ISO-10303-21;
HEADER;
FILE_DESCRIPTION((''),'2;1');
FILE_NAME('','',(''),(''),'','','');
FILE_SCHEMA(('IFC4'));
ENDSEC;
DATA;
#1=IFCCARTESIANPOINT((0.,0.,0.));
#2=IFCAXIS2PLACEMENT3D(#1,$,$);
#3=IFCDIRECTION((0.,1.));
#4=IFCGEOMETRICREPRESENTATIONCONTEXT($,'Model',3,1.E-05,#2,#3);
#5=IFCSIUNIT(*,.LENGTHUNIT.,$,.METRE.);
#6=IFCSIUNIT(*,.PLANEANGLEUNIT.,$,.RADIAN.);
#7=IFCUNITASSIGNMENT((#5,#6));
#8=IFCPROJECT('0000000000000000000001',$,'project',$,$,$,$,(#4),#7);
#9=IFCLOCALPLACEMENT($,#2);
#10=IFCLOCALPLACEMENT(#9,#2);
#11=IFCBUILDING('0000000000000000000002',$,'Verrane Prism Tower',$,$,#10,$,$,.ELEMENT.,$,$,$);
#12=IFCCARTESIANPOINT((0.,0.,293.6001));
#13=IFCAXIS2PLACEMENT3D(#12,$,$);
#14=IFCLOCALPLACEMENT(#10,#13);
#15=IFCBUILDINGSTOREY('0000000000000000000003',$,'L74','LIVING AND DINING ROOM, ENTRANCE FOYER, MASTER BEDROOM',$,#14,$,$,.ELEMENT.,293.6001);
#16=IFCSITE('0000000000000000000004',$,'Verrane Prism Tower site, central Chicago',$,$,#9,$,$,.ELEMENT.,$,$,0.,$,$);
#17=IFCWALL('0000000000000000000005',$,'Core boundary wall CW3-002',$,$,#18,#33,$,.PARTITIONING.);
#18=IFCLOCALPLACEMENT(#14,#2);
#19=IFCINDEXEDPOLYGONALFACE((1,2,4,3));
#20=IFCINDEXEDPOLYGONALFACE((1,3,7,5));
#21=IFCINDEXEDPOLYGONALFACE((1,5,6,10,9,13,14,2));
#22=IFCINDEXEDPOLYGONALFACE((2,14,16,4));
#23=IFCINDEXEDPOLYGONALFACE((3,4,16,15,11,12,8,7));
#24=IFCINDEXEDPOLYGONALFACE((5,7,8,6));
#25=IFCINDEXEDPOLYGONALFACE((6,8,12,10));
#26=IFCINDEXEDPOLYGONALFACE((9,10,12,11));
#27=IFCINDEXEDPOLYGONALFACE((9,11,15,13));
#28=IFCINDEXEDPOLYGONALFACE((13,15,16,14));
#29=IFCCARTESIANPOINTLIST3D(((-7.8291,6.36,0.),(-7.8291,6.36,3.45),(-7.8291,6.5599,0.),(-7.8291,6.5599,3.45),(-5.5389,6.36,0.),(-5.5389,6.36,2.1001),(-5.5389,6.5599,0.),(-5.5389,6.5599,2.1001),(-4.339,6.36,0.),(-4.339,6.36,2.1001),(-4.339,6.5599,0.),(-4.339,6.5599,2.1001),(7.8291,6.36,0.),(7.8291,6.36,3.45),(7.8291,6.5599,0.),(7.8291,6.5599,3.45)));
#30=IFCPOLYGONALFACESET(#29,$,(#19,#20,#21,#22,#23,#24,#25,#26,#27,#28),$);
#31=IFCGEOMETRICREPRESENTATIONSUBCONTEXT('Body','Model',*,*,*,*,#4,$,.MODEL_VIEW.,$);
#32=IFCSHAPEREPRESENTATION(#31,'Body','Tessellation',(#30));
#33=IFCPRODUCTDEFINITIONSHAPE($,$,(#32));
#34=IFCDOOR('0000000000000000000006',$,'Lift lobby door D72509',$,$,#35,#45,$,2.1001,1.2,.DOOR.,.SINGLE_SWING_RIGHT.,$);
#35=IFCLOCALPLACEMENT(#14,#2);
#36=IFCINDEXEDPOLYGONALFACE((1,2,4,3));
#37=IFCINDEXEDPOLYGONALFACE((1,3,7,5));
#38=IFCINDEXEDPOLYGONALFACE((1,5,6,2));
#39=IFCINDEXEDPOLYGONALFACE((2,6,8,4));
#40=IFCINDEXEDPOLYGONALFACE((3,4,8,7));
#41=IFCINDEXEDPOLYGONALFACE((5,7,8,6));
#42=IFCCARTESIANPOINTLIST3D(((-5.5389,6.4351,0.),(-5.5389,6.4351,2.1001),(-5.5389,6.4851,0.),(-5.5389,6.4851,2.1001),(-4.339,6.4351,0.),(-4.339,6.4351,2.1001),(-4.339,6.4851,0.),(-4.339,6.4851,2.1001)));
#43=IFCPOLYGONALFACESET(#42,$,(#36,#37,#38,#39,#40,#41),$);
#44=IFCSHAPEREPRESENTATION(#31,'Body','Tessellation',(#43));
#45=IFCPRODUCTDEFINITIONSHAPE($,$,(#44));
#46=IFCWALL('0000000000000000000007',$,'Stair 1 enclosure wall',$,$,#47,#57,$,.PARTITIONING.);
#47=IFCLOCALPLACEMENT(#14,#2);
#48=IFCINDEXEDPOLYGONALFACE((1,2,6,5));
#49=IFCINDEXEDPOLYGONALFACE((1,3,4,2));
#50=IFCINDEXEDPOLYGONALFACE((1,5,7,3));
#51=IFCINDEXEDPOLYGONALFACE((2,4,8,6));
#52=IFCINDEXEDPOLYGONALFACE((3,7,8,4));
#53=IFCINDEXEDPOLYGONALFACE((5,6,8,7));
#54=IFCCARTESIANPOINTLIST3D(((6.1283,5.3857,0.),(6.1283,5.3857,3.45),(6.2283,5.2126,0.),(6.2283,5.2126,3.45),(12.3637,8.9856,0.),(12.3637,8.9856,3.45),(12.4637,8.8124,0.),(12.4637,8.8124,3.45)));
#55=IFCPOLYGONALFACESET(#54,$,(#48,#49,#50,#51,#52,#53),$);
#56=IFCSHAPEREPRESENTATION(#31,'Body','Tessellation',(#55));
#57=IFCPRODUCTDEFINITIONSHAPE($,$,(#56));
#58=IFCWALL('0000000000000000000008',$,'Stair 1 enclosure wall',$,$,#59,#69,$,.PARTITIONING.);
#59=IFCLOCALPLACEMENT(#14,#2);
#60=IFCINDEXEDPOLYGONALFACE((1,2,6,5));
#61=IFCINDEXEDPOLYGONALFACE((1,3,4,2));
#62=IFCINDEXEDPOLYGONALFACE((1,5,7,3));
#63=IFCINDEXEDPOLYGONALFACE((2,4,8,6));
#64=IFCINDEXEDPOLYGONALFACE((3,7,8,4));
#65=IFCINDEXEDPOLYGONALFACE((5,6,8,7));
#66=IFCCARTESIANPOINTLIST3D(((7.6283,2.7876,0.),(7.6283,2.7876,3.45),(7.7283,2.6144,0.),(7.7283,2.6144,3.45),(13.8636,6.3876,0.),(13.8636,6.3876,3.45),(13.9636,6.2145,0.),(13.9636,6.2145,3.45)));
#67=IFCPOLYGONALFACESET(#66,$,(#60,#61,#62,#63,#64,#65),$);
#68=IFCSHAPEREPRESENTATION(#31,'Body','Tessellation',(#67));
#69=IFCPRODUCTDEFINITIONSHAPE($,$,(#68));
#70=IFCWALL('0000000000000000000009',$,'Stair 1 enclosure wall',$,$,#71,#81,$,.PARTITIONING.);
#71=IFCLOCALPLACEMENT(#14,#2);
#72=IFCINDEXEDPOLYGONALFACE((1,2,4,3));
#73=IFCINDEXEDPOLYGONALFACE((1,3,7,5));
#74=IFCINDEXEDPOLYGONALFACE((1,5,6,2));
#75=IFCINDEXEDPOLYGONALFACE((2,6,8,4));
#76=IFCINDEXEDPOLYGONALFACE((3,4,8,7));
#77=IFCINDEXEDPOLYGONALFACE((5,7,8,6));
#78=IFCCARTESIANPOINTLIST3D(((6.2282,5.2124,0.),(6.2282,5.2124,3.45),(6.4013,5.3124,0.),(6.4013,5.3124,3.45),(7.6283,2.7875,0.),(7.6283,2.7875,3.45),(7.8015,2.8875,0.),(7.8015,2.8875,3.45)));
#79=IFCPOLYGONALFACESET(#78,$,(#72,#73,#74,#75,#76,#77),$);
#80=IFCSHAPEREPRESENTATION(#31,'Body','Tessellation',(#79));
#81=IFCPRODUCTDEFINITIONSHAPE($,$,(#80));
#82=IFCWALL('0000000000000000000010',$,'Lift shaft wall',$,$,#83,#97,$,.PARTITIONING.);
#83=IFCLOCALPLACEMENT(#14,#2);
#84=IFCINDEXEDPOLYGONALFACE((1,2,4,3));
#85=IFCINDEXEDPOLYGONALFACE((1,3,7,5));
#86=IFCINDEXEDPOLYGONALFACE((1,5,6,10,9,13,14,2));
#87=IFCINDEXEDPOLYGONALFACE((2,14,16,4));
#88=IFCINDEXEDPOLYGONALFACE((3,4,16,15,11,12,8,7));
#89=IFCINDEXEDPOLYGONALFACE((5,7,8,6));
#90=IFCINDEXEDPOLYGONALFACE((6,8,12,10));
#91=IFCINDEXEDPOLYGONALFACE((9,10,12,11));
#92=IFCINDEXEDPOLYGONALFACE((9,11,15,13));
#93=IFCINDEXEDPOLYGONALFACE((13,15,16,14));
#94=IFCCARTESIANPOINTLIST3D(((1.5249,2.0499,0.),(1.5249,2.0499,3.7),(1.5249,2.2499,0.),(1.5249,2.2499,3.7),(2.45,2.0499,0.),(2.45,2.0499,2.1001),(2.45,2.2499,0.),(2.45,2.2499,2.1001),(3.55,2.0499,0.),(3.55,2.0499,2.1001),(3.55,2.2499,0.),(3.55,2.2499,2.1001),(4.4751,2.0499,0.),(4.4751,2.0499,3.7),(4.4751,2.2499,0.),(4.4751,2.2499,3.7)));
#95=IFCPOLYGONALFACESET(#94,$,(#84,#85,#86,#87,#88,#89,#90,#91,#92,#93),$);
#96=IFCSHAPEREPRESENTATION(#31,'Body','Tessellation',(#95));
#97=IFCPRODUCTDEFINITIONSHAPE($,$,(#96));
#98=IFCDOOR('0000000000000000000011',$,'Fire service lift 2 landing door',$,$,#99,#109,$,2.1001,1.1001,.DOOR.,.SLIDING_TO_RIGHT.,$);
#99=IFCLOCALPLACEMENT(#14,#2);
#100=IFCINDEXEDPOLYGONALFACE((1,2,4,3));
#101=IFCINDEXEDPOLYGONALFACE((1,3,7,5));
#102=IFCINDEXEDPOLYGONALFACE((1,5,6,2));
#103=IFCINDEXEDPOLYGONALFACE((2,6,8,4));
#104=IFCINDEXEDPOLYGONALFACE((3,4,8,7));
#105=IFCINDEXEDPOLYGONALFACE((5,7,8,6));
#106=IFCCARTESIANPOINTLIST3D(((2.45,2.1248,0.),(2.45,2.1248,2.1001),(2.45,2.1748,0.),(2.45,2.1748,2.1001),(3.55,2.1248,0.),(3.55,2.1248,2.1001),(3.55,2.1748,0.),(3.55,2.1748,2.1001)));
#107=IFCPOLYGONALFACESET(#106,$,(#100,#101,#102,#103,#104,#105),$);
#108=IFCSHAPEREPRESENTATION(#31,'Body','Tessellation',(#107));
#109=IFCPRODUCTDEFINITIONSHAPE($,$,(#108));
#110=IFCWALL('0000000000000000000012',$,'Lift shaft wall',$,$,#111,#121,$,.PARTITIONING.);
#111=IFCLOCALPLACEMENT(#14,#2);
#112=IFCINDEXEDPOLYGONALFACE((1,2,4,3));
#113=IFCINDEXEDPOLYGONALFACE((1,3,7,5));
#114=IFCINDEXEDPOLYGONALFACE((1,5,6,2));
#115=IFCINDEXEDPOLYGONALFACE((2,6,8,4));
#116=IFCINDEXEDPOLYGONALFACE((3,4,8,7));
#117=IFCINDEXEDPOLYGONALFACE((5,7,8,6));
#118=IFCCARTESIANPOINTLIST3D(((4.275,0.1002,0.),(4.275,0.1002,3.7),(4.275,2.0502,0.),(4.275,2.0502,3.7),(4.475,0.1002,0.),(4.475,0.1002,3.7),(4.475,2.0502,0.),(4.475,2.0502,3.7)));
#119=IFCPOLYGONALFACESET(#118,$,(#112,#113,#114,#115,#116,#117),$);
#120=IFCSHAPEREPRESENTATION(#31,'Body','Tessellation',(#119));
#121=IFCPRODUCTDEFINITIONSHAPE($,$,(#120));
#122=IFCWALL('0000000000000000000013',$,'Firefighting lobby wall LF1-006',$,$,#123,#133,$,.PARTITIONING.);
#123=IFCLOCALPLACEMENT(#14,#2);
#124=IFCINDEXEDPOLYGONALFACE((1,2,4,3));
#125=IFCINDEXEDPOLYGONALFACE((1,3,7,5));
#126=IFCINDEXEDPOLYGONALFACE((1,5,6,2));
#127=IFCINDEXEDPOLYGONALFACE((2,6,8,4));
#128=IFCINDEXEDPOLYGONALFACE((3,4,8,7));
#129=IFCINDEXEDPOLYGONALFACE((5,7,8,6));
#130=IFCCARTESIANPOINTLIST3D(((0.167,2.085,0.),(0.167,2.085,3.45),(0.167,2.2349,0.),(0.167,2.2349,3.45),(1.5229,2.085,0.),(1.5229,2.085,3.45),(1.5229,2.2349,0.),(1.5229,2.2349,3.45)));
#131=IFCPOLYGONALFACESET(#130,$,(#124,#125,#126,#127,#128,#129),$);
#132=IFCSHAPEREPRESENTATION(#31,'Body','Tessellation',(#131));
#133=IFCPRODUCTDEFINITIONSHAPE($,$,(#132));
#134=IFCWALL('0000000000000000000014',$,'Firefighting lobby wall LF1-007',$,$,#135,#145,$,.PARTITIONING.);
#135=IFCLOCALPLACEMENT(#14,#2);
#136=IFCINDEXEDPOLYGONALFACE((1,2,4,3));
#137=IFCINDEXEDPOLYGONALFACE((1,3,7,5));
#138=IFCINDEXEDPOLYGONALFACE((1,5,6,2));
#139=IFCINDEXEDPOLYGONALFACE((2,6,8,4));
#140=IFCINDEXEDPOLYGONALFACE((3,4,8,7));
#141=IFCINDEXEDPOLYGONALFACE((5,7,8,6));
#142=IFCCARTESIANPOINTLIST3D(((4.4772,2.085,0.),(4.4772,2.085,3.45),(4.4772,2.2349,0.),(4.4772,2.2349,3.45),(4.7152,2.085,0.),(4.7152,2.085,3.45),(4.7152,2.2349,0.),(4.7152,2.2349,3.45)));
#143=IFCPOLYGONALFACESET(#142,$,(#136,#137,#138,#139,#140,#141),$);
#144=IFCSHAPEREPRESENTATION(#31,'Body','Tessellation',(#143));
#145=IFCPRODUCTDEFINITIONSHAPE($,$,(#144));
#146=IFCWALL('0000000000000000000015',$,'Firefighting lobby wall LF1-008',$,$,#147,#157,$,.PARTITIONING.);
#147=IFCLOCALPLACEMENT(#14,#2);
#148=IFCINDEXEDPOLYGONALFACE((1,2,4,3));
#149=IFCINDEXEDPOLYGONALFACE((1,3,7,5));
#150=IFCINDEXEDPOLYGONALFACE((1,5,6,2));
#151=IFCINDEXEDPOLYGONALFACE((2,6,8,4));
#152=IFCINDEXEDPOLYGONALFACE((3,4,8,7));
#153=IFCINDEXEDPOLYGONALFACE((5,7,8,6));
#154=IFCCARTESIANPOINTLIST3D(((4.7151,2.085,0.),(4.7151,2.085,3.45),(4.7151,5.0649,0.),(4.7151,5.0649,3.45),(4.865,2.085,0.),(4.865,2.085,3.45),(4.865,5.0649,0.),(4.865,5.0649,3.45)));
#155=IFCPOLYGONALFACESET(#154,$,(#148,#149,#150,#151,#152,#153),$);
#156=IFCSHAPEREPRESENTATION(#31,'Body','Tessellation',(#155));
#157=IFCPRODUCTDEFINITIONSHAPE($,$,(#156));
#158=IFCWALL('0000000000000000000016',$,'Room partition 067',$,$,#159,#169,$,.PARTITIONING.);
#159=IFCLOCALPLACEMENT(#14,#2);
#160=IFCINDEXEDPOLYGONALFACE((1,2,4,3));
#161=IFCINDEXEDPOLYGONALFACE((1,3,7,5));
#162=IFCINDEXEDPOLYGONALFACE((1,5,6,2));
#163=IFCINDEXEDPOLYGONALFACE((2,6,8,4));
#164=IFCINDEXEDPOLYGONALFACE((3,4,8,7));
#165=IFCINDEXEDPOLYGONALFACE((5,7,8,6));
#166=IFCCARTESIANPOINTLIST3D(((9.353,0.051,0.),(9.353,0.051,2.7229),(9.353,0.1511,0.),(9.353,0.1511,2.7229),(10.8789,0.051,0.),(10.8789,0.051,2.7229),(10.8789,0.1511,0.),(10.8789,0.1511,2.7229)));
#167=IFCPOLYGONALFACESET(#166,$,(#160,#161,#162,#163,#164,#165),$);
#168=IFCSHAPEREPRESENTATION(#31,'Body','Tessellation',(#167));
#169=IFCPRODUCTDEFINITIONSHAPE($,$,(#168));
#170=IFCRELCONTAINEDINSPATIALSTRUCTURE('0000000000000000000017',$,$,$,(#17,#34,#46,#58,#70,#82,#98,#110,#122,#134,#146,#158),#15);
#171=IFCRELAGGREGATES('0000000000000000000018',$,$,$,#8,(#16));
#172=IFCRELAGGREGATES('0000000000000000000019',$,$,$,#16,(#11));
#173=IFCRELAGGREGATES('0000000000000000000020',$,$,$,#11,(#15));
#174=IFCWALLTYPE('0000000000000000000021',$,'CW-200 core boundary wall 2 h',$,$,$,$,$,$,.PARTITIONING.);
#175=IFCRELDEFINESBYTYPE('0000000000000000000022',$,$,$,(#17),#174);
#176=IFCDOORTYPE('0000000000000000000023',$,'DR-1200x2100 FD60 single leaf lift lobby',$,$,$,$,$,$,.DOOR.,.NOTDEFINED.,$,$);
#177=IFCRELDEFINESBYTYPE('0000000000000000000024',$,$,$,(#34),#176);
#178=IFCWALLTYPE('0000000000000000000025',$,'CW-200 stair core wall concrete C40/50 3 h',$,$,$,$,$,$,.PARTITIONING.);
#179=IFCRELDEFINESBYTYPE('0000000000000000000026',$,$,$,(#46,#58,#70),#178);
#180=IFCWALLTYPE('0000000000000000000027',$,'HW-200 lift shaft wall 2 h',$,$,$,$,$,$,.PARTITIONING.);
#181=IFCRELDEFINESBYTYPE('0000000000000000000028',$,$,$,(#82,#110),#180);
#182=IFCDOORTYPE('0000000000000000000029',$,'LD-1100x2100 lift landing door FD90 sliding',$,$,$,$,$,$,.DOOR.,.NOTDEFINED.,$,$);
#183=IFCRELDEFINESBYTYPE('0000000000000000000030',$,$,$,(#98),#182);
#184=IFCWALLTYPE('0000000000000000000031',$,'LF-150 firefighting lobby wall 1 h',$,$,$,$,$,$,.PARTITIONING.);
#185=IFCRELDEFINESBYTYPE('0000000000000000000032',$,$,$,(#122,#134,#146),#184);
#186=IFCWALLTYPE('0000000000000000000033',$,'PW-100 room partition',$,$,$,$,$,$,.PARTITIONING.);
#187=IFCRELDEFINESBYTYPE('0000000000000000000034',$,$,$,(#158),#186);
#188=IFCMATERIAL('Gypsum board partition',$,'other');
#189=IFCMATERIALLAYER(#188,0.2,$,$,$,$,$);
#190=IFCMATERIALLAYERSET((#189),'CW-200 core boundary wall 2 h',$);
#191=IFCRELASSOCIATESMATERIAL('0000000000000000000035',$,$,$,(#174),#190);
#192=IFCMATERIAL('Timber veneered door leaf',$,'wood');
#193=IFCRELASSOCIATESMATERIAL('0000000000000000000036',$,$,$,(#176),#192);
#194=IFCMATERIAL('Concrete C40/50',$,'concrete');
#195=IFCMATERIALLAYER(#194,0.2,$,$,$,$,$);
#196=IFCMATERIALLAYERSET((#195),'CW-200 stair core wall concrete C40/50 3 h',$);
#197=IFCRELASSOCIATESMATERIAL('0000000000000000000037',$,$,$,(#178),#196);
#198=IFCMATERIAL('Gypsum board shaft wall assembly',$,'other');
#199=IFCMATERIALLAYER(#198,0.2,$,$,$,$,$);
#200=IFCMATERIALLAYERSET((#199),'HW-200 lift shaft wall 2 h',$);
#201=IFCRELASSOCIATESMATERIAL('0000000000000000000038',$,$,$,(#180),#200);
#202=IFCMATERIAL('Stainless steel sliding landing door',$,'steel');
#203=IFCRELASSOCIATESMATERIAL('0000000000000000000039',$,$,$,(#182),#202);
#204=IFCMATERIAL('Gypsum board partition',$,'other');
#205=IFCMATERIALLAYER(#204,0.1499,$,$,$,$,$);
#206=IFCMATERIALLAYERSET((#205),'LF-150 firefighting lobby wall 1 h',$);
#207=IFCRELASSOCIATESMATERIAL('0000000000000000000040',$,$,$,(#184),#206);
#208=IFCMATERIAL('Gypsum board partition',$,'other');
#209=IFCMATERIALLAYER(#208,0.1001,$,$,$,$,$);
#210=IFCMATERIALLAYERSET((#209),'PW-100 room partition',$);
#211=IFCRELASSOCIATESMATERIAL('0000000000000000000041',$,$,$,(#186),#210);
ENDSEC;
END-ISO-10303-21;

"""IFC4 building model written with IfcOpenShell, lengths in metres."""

from ifc_helpers import new_model, si_unit, direction, frame, frame_2d, origin, place, context, subcontext, project, spatial, rectangle, extrude, material, layer, layer_set, type_object, element, fill, save


model = new_model("IFC4")

# Units and contexts
model_context = context("Model", 3, precision=1e-05, world=origin(), true_north=direction((0.0, 1.0)))
body_context = subcontext(model_context, "Body", "Model", "MODEL_VIEW")
ifc_project = project(units=[si_unit("LENGTHUNIT", "METRE"), si_unit("PLANEANGLEUNIT", "RADIAN")], contexts=[model_context])

# Site, building, storey
site_placement = place(None, origin())
site = spatial("IfcSite", under=ifc_project, at=site_placement, Name="Verrane Prism Tower site, central Chicago", CompositionType="ELEMENT", RefElevation=0.0)
building_placement = place(site_placement, origin())
building = spatial("IfcBuilding", under=site, at=building_placement, Name="Verrane Prism Tower", CompositionType="ELEMENT")
storey_placement = place(building_placement, frame((0.0, 0.0, 293.6001)))
storey = spatial("IfcBuildingStorey", under=building, at=storey_placement, Name="L74", Description="LIVING AND DINING ROOM, ENTRANCE FOYER, MASTER BEDROOM", CompositionType="ELEMENT", Elevation=293.6001)

# Wall, opening, door
ifc_material_1 = material(Name="Gypsum board partition", Category="other")
ifc_layer_1 = layer(ifc_material_1, 0.2)
ifc_layer_set_1 = layer_set([ifc_layer_1], Name="CW-200 core boundary wall 2 h")
wall_type_1 = type_object("IfcWallType", Name="CW-200 core boundary wall 2 h", PredefinedType="PARTITIONING", material=ifc_layer_set_1)
wall_1_placement = place(storey_placement, frame((7.8291, 6.46, 0.0), z_axis=(0.0, 0.0, 1.0), x_axis=(-1.0, 0.0, 0.0)))
wall_1 = element("IfcWall", 1, at=wall_1_placement, inside=storey, type_object=wall_type_1, Name="Core boundary wall CW3-002", PredefinedType="PARTITIONING", context=body_context, shape_type="SweptSolid", body=[
    extrude(rectangle(XDim=15.6582, YDim=0.2, at=frame_2d((7.8291, 0.0))), origin(), (0.0, 0.0, 1.0), 3.45),
])
opening_1_placement = place(wall_1_placement, frame((12.168, 0.0, 0.0)))
opening_1 = element("IfcOpeningElement", 2, at=opening_1_placement, cuts=wall_1, PredefinedType="OPENING", context=body_context, shape_type="SweptSolid", body=[
    extrude(rectangle(XDim=1.2, YDim=2.1001, at=frame_2d((0.6001, 1.05))), frame((0.0, 0.1099, 0.0), z_axis=(0.0, -1.0, 0.0), x_axis=(1.0, 0.0, 0.0)), (0.0, 0.0, 1.0), 0.22),
])
ifc_material_2 = material(Name="Timber veneered door leaf", Category="wood")
door_type_1 = type_object("IfcDoorType", Name="DR-1200x2100 FD60 single leaf lift lobby", OperationType="NOTDEFINED", PredefinedType="DOOR", material=ifc_material_2)
door_1_placement = place(opening_1_placement, origin())
door_1 = element("IfcDoor", 3, at=door_1_placement, inside=storey, type_object=door_type_1, Name="Lift lobby door D72509", OperationType="SINGLE_SWING_RIGHT", OverallHeight=2.1001, OverallWidth=1.2, PredefinedType="DOOR", context=body_context, shape_type="SweptSolid", body=[
    extrude(rectangle(XDim=1.2, YDim=2.1001, at=frame_2d((0.6001, 1.05))), frame((0.0, 0.0249, 0.0), z_axis=(0.0, -1.0, 0.0), x_axis=(1.0, 0.0, 0.0)), (0.0, 0.0, 1.0), 0.05),
])
fill(opening_1, door_1)

# Walls
ifc_material_3 = material(Name="Concrete C40/50", Category="concrete")
ifc_layer_2 = layer(ifc_material_3, 0.2)
ifc_layer_set_2 = layer_set([ifc_layer_2], Name="CW-200 stair core wall concrete C40/50 3 h")
wall_type_2 = type_object("IfcWallType", Name="CW-200 stair core wall concrete C40/50 3 h", PredefinedType="PARTITIONING", material=ifc_layer_set_2)
for number, where, z_axis, x_axis, name in (
    (4, (6.1782, 5.2991, 0.0), (0.0, 0.0, 1.0), (0.866033, 0.499987, 0.0), "Stair 1 enclosure wall"),
    (5, (7.6782, 2.7009, 0.0), (0.0, 0.0, 1.0), (0.866018, 0.500012, 0.0), "Stair 1 enclosure wall"),
):
    element("IfcWall", number, at=place(storey_placement, frame(where, z_axis=z_axis, x_axis=x_axis)), inside=storey, type_object=wall_type_2, Name=name, PredefinedType="PARTITIONING", context=body_context, shape_type="SweptSolid", body=[
        extrude(rectangle(XDim=7.2, YDim=0.2, at=frame_2d((3.6001, 0.0))), origin(), (0.0, 0.0, 1.0), 3.45),
    ])
wall_2_placement = place(storey_placement, frame((7.7148, 2.8376, 0.0), z_axis=(0.0, 0.0, 1.0), x_axis=(-0.50005, 0.865997, 0.0)))
element("IfcWall", 6, at=wall_2_placement, inside=storey, type_object=wall_type_2, Name="Stair 1 enclosure wall", PredefinedType="PARTITIONING", context=body_context, shape_type="SweptSolid", body=[
    extrude(rectangle(XDim=2.8, YDim=0.2, at=frame_2d((1.3999, 0.0))), origin(), (0.0, 0.0, 1.0), 3.45),
])

# Wall, opening, door
ifc_material_4 = material(Name="Gypsum board shaft wall assembly", Category="other")
ifc_layer_3 = layer(ifc_material_4, 0.2)
ifc_layer_set_3 = layer_set([ifc_layer_3], Name="HW-200 lift shaft wall 2 h")
wall_type_3 = type_object("IfcWallType", Name="HW-200 lift shaft wall 2 h", PredefinedType="PARTITIONING", material=ifc_layer_set_3)
wall_3_placement = place(storey_placement, frame((1.5249, 2.1499, 0.0), z_axis=(0.0, 0.0, 1.0), x_axis=(1.0, 0.0, 0.0)))
wall_3 = element("IfcWall", 7, at=wall_3_placement, inside=storey, type_object=wall_type_3, Name="Lift shaft wall", PredefinedType="PARTITIONING", context=body_context, shape_type="SweptSolid", body=[
    extrude(rectangle(XDim=2.9502, YDim=0.2, at=frame_2d((1.4751, 0.0))), origin(), (0.0, 0.0, 1.0), 3.7),
])
opening_2_placement = place(wall_3_placement, frame((0.925, 0.0, 0.0)))
opening_2 = element("IfcOpeningElement", 8, at=opening_2_placement, cuts=wall_3, PredefinedType="OPENING", context=body_context, shape_type="SweptSolid", body=[
    extrude(rectangle(XDim=1.1001, YDim=2.1001, at=frame_2d((0.55, 1.05))), frame((0.0, 0.1099, 0.0), z_axis=(0.0, -1.0, 0.0), x_axis=(1.0, 0.0, 0.0)), (0.0, 0.0, 1.0), 0.22),
])
ifc_material_5 = material(Name="Stainless steel sliding landing door", Category="steel")
door_type_2 = type_object("IfcDoorType", Name="LD-1100x2100 lift landing door FD90 sliding", OperationType="NOTDEFINED", PredefinedType="DOOR", material=ifc_material_5)
door_2_placement = place(opening_2_placement, origin())
door_2 = element("IfcDoor", 9, at=door_2_placement, inside=storey, type_object=door_type_2, Name="Fire service lift 2 landing door", OperationType="SLIDING_TO_RIGHT", OverallHeight=2.1001, OverallWidth=1.1001, PredefinedType="DOOR", context=body_context, shape_type="SweptSolid", body=[
    extrude(rectangle(XDim=1.1001, YDim=2.1001, at=frame_2d((0.55, 1.05))), frame((0.0, 0.0249, 0.0), z_axis=(0.0, -1.0, 0.0), x_axis=(1.0, 0.0, 0.0)), (0.0, 0.0, 1.0), 0.05),
])
fill(opening_2, door_2)

# Walls
wall_4_placement = place(storey_placement, frame((4.375, 0.1001, 0.0), z_axis=(0.0, 0.0, 1.0), x_axis=(0.0, 1.0, 0.0)))
element("IfcWall", 10, at=wall_4_placement, inside=storey, type_object=wall_type_3, Name="Lift shaft wall", PredefinedType="PARTITIONING", context=body_context, shape_type="SweptSolid", body=[
    extrude(rectangle(XDim=1.95, YDim=0.2, at=frame_2d((0.9751, 0.0))), origin(), (0.0, 0.0, 1.0), 3.7),
])
ifc_material_6 = material(Name="Gypsum board partition", Category="other")
ifc_layer_4 = layer(ifc_material_6, 0.1499)
ifc_layer_set_4 = layer_set([ifc_layer_4], Name="LF-150 firefighting lobby wall 1 h")
wall_type_4 = type_object("IfcWallType", Name="LF-150 firefighting lobby wall 1 h", PredefinedType="PARTITIONING", material=ifc_layer_set_4)
wall_5_placement = place(storey_placement, frame((0.167, 2.1599, 0.0), z_axis=(0.0, 0.0, 1.0), x_axis=(1.0, 0.0, 0.0)))
element("IfcWall", 11, at=wall_5_placement, inside=storey, type_object=wall_type_4, Name="Firefighting lobby wall LF1-006", PredefinedType="PARTITIONING", context=body_context, shape_type="SweptSolid", body=[
    extrude(rectangle(XDim=1.356, YDim=0.1499, at=frame_2d((0.678, 0.0))), origin(), (0.0, 0.0, 1.0), 3.45),
])
wall_6_placement = place(storey_placement, frame((4.4771, 2.1599, 0.0), z_axis=(0.0, 0.0, 1.0), x_axis=(1.0, 0.0, 0.0)))
element("IfcWall", 12, at=wall_6_placement, inside=storey, type_object=wall_type_4, Name="Firefighting lobby wall LF1-007", PredefinedType="PARTITIONING", context=body_context, shape_type="SweptSolid", body=[
    extrude(rectangle(XDim=0.238, YDim=0.1499, at=frame_2d((0.1191, 0.0))), origin(), (0.0, 0.0, 1.0), 3.45),
])
wall_7_placement = place(storey_placement, frame((4.79, 2.085, 0.0), z_axis=(0.0, 0.0, 1.0), x_axis=(0.0, 1.0, 0.0)))
element("IfcWall", 13, at=wall_7_placement, inside=storey, type_object=wall_type_4, Name="Firefighting lobby wall LF1-008", PredefinedType="PARTITIONING", context=body_context, shape_type="SweptSolid", body=[
    extrude(rectangle(XDim=2.98, YDim=0.1499, at=frame_2d((1.49, 0.0))), origin(), (0.0, 0.0, 1.0), 3.45),
])
ifc_material_7 = material(Name="Gypsum board partition", Category="other")
ifc_layer_5 = layer(ifc_material_7, 0.1001)
ifc_layer_set_5 = layer_set([ifc_layer_5], Name="PW-100 room partition")
wall_type_5 = type_object("IfcWallType", Name="PW-100 room partition", PredefinedType="PARTITIONING", material=ifc_layer_set_5)
wall_8_placement = place(storey_placement, frame((9.353, 0.1011, 0.0), z_axis=(0.0, 0.0, 1.0), x_axis=(1.0, 0.0, 0.0)))
element("IfcWall", 14, at=wall_8_placement, inside=storey, type_object=wall_type_5, Name="Room partition 067", PredefinedType="PARTITIONING", context=body_context, shape_type="SweptSolid", body=[
    extrude(rectangle(XDim=1.5259, YDim=0.1001, at=frame_2d((0.7629, 0.0))), origin(), (0.0, 0.0, 1.0), 2.7229),
])

save(model, "model.ifc")
